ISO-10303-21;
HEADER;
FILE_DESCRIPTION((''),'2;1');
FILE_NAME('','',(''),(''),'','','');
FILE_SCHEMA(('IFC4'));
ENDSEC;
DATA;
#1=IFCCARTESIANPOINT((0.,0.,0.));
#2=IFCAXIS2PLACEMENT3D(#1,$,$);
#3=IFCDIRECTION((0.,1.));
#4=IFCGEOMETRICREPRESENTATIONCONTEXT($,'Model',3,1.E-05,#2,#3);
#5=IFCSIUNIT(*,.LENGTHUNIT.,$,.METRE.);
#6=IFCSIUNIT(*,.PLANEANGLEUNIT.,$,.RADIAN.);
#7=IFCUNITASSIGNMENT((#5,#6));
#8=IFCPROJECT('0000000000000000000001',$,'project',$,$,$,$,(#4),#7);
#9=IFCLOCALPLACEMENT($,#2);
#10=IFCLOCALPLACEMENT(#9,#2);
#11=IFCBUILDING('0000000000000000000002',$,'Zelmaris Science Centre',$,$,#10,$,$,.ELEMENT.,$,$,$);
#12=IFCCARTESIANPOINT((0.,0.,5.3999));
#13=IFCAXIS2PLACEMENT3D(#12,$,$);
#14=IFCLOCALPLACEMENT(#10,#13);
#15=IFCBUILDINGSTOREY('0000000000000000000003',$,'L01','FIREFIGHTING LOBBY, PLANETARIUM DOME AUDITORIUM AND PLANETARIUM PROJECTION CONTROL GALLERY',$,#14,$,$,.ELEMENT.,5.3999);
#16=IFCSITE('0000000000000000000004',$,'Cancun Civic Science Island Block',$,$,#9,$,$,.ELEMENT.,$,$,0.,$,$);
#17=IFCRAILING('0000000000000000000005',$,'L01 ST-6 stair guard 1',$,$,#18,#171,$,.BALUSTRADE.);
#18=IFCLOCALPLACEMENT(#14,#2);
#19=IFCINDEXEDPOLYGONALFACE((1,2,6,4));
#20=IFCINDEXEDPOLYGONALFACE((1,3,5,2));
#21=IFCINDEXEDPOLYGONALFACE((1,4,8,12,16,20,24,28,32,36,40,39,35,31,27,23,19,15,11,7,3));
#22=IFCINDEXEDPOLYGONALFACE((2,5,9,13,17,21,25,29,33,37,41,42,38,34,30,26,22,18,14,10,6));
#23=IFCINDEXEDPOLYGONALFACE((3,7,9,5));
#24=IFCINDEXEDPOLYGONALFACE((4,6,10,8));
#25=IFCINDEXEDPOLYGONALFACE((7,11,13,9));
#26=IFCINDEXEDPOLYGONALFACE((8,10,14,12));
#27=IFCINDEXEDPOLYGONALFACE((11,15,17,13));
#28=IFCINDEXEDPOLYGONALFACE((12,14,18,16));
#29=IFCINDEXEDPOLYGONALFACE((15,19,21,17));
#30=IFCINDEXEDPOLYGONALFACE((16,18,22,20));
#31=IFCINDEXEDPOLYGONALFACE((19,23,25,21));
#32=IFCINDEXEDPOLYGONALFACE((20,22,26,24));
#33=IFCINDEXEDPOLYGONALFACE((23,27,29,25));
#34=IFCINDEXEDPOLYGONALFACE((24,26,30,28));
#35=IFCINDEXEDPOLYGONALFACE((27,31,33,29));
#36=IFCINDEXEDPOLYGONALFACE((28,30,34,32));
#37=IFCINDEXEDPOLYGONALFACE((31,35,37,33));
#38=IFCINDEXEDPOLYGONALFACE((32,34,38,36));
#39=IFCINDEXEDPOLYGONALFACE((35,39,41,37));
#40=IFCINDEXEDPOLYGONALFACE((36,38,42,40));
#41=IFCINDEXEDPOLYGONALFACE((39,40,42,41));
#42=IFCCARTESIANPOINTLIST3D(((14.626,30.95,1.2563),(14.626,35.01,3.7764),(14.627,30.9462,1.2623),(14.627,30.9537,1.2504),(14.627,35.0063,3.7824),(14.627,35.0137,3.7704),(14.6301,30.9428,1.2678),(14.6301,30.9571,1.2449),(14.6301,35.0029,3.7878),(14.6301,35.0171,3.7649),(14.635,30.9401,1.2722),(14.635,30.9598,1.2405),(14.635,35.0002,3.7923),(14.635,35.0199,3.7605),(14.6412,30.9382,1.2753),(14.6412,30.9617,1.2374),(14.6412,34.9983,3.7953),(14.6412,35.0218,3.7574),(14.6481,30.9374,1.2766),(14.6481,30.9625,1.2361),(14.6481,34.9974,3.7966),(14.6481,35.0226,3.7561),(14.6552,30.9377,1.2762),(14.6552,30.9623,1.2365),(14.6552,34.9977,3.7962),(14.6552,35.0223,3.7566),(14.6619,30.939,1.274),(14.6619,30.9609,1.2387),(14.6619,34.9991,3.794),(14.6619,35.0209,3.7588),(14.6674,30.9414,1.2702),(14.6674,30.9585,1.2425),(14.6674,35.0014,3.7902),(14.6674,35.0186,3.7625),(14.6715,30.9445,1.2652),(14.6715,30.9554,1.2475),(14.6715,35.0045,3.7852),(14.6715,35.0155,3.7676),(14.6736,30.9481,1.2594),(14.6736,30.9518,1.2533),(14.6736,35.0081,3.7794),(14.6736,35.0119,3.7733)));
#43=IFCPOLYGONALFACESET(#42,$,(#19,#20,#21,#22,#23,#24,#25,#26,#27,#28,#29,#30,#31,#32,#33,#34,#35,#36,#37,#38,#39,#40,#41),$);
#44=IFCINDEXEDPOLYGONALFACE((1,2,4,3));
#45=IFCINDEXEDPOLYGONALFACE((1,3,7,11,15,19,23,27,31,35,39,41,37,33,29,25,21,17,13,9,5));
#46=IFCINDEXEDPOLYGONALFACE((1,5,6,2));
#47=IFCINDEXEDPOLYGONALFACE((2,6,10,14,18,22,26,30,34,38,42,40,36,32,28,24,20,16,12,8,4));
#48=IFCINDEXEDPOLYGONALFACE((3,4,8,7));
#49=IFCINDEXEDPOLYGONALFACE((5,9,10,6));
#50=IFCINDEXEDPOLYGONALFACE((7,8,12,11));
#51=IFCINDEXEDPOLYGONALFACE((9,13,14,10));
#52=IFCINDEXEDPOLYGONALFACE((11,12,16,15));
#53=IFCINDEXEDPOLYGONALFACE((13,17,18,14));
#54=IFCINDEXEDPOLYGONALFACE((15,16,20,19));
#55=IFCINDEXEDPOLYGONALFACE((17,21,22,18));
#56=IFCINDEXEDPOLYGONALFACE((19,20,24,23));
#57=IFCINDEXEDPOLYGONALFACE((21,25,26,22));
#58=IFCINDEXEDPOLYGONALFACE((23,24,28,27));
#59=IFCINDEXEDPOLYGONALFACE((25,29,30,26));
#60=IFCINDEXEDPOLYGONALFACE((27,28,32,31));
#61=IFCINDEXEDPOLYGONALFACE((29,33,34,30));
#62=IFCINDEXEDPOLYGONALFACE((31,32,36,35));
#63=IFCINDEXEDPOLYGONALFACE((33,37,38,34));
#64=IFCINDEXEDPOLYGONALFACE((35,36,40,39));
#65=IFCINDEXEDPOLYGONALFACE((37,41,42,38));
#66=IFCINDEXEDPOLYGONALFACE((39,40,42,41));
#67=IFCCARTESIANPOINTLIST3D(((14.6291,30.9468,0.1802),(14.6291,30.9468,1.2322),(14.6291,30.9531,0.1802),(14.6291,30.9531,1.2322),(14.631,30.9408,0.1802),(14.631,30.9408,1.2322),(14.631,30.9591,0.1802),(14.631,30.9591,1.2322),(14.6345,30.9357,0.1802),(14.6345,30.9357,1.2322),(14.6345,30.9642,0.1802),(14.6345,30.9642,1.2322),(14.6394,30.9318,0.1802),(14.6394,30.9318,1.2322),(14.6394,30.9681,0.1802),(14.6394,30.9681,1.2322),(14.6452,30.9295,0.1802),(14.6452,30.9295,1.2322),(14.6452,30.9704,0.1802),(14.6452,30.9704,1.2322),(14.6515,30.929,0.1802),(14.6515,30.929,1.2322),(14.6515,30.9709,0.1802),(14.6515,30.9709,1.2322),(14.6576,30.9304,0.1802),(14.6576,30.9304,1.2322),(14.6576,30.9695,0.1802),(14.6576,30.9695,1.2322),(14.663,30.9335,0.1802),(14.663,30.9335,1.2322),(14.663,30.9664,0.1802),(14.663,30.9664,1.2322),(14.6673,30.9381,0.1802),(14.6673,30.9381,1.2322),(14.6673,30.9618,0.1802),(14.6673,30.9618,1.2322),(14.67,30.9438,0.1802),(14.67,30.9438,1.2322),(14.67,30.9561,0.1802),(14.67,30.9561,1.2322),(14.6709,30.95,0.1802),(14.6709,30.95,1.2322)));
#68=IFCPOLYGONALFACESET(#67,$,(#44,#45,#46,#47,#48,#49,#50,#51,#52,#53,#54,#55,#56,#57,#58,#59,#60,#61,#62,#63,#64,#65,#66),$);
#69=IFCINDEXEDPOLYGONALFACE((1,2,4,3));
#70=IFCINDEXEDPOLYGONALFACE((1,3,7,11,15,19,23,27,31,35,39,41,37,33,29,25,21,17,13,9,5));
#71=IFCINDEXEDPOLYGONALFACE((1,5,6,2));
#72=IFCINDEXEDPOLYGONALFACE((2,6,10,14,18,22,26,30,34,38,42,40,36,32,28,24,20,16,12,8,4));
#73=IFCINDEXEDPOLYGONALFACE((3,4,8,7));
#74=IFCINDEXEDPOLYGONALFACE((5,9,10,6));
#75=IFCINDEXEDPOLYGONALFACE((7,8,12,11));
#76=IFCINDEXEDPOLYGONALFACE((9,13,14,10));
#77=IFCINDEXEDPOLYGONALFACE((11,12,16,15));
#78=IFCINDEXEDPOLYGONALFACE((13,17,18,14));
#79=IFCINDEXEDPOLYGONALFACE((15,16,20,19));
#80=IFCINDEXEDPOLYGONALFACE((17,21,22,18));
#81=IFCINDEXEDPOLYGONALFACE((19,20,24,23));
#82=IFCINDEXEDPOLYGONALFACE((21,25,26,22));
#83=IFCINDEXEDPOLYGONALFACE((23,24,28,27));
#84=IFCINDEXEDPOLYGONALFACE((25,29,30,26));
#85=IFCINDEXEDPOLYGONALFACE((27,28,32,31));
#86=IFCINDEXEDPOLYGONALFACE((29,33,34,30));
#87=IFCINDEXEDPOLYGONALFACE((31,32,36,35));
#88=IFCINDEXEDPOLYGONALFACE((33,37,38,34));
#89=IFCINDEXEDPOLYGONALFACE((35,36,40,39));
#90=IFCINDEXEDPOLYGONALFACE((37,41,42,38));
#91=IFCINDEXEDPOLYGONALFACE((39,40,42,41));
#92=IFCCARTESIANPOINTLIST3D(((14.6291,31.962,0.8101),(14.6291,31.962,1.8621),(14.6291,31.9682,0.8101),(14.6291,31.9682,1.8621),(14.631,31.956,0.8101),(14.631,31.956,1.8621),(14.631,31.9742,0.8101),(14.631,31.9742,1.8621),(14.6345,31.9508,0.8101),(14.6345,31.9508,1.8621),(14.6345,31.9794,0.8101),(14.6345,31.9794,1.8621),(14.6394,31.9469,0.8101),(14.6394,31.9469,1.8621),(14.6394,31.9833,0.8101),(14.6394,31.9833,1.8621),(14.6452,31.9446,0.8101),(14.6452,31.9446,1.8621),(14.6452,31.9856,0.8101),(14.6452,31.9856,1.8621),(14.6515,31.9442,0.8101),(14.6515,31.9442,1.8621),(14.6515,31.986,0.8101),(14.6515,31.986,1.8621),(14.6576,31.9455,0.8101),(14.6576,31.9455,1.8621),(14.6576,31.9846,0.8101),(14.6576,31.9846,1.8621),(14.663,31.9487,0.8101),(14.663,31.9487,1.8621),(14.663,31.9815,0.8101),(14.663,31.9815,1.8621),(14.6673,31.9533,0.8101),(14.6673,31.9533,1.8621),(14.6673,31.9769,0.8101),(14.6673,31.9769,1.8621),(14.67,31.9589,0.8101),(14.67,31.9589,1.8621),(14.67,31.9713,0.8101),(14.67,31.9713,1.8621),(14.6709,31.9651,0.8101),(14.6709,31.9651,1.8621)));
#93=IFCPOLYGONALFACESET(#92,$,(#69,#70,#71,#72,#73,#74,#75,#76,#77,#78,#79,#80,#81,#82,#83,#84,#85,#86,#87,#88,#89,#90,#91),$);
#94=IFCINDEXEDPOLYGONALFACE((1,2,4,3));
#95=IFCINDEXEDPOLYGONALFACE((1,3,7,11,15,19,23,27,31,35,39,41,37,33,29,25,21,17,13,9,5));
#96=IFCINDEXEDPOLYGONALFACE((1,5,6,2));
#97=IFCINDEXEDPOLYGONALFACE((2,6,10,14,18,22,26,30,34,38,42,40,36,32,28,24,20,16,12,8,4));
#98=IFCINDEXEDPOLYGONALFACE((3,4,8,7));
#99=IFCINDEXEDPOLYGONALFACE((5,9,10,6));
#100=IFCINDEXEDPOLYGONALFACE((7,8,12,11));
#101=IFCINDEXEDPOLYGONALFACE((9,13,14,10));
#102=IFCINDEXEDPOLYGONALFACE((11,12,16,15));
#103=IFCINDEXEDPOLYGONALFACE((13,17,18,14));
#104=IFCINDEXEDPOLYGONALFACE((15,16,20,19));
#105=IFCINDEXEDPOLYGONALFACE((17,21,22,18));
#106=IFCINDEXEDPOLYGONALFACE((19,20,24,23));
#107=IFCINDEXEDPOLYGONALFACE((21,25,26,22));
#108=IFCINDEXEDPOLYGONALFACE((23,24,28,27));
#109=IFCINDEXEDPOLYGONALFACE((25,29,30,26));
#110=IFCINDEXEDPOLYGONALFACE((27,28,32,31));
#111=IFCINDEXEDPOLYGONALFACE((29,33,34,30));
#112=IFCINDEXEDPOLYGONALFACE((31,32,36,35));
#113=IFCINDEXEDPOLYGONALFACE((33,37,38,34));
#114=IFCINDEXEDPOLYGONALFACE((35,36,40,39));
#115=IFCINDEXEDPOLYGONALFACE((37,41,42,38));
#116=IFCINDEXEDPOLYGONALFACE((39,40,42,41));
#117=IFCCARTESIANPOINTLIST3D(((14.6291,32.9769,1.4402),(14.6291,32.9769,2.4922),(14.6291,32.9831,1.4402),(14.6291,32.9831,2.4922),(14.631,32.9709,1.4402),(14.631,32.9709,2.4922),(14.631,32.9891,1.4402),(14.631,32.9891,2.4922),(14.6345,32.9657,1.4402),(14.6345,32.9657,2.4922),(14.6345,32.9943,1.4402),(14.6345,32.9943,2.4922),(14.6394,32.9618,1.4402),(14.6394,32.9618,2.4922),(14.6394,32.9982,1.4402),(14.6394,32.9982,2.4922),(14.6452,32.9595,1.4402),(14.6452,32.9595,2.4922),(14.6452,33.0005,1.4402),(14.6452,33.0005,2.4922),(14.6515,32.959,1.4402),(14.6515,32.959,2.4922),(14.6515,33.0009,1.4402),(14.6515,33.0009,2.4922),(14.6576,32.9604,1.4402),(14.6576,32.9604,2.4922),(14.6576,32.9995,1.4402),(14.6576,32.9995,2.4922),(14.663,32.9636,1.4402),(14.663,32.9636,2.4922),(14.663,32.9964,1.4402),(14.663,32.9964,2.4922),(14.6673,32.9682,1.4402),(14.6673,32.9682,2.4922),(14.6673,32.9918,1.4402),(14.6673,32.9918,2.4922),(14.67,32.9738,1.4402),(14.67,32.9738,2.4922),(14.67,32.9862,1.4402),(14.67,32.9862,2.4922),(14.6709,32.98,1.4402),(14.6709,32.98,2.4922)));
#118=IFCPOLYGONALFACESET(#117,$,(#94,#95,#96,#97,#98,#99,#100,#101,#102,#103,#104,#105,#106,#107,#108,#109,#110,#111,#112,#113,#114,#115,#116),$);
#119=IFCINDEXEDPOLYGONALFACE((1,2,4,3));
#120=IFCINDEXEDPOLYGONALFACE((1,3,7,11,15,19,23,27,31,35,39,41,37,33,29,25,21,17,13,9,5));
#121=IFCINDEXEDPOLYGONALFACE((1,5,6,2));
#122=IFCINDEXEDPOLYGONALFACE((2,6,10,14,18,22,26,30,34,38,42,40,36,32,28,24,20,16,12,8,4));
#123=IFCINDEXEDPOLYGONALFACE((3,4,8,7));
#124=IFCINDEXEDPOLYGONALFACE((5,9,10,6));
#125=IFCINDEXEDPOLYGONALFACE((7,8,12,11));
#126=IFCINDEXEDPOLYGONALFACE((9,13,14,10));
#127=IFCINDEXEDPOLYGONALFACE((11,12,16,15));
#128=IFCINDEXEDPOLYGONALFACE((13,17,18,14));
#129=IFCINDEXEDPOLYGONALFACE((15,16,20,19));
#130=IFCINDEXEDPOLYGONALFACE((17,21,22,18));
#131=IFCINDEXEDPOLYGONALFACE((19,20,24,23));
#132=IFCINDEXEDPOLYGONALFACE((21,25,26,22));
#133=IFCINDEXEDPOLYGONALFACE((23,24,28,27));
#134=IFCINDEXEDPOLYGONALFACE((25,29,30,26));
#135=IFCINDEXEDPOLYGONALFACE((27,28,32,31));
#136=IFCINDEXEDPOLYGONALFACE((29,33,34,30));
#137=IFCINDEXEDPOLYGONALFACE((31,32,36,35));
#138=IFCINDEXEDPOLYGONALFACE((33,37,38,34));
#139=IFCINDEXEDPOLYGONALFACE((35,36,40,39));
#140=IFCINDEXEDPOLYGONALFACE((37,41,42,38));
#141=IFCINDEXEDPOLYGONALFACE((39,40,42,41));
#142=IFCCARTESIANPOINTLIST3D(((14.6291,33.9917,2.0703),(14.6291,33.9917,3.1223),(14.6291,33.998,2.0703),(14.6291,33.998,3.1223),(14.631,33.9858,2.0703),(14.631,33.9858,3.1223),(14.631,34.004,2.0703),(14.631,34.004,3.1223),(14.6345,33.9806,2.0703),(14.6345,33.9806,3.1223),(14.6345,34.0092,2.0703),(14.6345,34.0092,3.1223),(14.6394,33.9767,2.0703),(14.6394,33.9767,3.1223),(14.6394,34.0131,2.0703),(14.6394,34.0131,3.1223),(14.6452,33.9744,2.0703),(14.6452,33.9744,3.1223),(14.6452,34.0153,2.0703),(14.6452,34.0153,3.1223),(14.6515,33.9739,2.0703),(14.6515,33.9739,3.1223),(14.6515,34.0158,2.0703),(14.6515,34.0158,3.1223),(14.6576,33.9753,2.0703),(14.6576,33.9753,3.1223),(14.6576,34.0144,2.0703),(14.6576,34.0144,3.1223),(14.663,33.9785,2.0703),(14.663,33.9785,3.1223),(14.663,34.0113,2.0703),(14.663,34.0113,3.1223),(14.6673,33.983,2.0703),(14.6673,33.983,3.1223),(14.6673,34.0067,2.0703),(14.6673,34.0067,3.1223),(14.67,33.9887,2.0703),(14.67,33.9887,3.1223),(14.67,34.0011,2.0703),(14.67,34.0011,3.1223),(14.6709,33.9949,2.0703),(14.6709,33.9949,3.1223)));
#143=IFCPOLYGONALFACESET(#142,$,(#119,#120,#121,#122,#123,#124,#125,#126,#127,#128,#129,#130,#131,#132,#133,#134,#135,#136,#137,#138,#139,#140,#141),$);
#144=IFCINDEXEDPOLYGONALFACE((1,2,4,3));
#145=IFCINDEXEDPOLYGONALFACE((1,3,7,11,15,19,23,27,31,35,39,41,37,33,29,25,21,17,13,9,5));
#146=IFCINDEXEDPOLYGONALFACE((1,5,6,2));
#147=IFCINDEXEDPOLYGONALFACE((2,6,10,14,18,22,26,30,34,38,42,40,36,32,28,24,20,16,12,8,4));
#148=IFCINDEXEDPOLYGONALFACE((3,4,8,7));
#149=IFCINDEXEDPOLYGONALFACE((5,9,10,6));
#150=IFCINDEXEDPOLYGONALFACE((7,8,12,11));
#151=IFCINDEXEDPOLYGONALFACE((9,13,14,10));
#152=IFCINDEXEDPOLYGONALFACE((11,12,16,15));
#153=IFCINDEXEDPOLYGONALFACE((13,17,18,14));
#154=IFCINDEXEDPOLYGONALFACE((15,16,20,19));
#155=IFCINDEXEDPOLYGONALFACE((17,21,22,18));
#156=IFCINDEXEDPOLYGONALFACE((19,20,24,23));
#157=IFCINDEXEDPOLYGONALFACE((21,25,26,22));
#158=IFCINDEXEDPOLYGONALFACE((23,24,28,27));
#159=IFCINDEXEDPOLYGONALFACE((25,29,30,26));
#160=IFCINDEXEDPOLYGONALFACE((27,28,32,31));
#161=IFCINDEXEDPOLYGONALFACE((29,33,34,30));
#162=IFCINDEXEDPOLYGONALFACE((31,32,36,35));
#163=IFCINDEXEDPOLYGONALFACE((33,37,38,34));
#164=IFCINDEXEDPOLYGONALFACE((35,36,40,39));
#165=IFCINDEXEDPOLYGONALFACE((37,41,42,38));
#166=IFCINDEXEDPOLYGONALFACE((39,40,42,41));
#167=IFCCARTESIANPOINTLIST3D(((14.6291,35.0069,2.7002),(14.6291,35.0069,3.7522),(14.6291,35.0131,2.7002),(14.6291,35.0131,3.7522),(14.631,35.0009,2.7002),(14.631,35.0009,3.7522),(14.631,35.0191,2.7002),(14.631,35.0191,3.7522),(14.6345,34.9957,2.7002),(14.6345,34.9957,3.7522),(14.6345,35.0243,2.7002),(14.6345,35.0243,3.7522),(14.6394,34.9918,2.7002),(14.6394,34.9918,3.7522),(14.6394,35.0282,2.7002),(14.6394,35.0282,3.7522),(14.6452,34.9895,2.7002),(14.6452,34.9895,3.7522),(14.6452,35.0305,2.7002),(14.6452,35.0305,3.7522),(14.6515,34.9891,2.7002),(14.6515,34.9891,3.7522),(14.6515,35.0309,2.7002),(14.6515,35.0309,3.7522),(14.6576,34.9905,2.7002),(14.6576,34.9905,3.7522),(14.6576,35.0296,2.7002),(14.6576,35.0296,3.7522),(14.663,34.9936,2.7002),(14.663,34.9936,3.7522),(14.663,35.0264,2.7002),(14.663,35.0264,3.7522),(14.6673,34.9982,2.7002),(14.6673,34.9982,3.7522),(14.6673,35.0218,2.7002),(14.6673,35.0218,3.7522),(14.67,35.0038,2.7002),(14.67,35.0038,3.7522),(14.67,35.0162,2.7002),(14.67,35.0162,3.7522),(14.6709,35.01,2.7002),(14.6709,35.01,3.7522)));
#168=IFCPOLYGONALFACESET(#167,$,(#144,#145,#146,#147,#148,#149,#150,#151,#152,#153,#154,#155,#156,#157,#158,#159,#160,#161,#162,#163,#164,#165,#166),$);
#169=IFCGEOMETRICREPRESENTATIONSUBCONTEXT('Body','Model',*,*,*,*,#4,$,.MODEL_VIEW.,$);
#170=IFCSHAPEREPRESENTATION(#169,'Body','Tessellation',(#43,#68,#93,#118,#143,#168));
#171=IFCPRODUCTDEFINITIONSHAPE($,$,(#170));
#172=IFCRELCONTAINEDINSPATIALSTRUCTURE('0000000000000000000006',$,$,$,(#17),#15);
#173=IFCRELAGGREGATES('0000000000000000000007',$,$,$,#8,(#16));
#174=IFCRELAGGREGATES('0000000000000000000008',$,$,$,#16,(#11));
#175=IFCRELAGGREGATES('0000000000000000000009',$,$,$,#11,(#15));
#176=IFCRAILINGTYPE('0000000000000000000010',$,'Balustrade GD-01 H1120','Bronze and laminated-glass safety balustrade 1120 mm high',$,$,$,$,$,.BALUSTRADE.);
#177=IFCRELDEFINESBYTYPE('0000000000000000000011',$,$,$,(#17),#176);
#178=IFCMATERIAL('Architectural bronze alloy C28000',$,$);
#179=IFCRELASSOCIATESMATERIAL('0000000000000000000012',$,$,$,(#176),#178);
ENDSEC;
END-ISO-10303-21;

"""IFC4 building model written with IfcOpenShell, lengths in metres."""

from ifc_helpers import new_model, si_unit, direction, frame, origin, origin_2d, place, context, subcontext, project, spatial, circle, extrude, material, type_object, element, save


model = new_model("IFC4")

# Units and contexts
model_context = context("Model", 3, precision=1e-05, world=origin(), true_north=direction((0.0, 1.0)))
body_context = subcontext(model_context, "Body", "Model", "MODEL_VIEW")
ifc_project = project(units=[si_unit("LENGTHUNIT", "METRE"), si_unit("PLANEANGLEUNIT", "RADIAN")], contexts=[model_context])

# Site, building, storey
site_placement = place(None, origin())
site = spatial("IfcSite", under=ifc_project, at=site_placement, Name="Cancun Civic Science Island Block", CompositionType="ELEMENT", RefElevation=0.0)
building_placement = place(site_placement, origin())
building = spatial("IfcBuilding", under=site, at=building_placement, Name="Zelmaris Science Centre", CompositionType="ELEMENT")
storey_placement = place(building_placement, frame((0.0, 0.0, 5.3999)))
storey = spatial("IfcBuildingStorey", under=building, at=storey_placement, Name="L01", Description="FIREFIGHTING LOBBY, PLANETARIUM DOME AUDITORIUM AND PLANETARIUM PROJECTION CONTROL GALLERY", CompositionType="ELEMENT", Elevation=5.3999)

# Railing
ifc_material_1 = material(Name="Architectural bronze alloy C28000")
railing_type_1 = type_object("IfcRailingType", Name="Balustrade GD-01 H1120", Description="Bronze and laminated-glass safety balustrade 1120 mm high", PredefinedType="BALUSTRADE", material=ifc_material_1)
railing_1_placement = place(storey_placement, frame((14.6499, 30.95, 0.1802)))
element("IfcRailing", 1, at=railing_1_placement, inside=storey, type_object=railing_type_1, Name="L01 ST-6 stair guard 1", PredefinedType="BALUSTRADE", context=body_context, shape_type="SweptSolid", body=[
    extrude(circle(Radius=0.0239, at=origin_2d()), frame((0.0, 0.0, 1.0762), z_axis=(0.0, 0.849642, 0.52736), x_axis=(-1.0, 0.0, 0.0)), (0.0, 0.0, 1.0), 4.7786),
    extrude(circle(Radius=0.021, at=origin_2d()), origin(), (0.0, 0.0, 1.0), 1.052),
    extrude(circle(Radius=0.021, at=origin_2d()), frame((0.0, 1.0151, 0.6299)), (0.0, 0.0, 1.0), 1.052),
    extrude(circle(Radius=0.021, at=origin_2d()), frame((0.0, 2.03, 1.26)), (0.0, 0.0, 1.0), 1.052),
    extrude(circle(Radius=0.021, at=origin_2d()), frame((0.0, 3.0449, 1.8901)), (0.0, 0.0, 1.0), 1.052),
    extrude(circle(Radius=0.021, at=origin_2d()), frame((0.0, 4.0601, 2.52)), (0.0, 0.0, 1.0), 1.052),
])

save(model, "model.ifc")
